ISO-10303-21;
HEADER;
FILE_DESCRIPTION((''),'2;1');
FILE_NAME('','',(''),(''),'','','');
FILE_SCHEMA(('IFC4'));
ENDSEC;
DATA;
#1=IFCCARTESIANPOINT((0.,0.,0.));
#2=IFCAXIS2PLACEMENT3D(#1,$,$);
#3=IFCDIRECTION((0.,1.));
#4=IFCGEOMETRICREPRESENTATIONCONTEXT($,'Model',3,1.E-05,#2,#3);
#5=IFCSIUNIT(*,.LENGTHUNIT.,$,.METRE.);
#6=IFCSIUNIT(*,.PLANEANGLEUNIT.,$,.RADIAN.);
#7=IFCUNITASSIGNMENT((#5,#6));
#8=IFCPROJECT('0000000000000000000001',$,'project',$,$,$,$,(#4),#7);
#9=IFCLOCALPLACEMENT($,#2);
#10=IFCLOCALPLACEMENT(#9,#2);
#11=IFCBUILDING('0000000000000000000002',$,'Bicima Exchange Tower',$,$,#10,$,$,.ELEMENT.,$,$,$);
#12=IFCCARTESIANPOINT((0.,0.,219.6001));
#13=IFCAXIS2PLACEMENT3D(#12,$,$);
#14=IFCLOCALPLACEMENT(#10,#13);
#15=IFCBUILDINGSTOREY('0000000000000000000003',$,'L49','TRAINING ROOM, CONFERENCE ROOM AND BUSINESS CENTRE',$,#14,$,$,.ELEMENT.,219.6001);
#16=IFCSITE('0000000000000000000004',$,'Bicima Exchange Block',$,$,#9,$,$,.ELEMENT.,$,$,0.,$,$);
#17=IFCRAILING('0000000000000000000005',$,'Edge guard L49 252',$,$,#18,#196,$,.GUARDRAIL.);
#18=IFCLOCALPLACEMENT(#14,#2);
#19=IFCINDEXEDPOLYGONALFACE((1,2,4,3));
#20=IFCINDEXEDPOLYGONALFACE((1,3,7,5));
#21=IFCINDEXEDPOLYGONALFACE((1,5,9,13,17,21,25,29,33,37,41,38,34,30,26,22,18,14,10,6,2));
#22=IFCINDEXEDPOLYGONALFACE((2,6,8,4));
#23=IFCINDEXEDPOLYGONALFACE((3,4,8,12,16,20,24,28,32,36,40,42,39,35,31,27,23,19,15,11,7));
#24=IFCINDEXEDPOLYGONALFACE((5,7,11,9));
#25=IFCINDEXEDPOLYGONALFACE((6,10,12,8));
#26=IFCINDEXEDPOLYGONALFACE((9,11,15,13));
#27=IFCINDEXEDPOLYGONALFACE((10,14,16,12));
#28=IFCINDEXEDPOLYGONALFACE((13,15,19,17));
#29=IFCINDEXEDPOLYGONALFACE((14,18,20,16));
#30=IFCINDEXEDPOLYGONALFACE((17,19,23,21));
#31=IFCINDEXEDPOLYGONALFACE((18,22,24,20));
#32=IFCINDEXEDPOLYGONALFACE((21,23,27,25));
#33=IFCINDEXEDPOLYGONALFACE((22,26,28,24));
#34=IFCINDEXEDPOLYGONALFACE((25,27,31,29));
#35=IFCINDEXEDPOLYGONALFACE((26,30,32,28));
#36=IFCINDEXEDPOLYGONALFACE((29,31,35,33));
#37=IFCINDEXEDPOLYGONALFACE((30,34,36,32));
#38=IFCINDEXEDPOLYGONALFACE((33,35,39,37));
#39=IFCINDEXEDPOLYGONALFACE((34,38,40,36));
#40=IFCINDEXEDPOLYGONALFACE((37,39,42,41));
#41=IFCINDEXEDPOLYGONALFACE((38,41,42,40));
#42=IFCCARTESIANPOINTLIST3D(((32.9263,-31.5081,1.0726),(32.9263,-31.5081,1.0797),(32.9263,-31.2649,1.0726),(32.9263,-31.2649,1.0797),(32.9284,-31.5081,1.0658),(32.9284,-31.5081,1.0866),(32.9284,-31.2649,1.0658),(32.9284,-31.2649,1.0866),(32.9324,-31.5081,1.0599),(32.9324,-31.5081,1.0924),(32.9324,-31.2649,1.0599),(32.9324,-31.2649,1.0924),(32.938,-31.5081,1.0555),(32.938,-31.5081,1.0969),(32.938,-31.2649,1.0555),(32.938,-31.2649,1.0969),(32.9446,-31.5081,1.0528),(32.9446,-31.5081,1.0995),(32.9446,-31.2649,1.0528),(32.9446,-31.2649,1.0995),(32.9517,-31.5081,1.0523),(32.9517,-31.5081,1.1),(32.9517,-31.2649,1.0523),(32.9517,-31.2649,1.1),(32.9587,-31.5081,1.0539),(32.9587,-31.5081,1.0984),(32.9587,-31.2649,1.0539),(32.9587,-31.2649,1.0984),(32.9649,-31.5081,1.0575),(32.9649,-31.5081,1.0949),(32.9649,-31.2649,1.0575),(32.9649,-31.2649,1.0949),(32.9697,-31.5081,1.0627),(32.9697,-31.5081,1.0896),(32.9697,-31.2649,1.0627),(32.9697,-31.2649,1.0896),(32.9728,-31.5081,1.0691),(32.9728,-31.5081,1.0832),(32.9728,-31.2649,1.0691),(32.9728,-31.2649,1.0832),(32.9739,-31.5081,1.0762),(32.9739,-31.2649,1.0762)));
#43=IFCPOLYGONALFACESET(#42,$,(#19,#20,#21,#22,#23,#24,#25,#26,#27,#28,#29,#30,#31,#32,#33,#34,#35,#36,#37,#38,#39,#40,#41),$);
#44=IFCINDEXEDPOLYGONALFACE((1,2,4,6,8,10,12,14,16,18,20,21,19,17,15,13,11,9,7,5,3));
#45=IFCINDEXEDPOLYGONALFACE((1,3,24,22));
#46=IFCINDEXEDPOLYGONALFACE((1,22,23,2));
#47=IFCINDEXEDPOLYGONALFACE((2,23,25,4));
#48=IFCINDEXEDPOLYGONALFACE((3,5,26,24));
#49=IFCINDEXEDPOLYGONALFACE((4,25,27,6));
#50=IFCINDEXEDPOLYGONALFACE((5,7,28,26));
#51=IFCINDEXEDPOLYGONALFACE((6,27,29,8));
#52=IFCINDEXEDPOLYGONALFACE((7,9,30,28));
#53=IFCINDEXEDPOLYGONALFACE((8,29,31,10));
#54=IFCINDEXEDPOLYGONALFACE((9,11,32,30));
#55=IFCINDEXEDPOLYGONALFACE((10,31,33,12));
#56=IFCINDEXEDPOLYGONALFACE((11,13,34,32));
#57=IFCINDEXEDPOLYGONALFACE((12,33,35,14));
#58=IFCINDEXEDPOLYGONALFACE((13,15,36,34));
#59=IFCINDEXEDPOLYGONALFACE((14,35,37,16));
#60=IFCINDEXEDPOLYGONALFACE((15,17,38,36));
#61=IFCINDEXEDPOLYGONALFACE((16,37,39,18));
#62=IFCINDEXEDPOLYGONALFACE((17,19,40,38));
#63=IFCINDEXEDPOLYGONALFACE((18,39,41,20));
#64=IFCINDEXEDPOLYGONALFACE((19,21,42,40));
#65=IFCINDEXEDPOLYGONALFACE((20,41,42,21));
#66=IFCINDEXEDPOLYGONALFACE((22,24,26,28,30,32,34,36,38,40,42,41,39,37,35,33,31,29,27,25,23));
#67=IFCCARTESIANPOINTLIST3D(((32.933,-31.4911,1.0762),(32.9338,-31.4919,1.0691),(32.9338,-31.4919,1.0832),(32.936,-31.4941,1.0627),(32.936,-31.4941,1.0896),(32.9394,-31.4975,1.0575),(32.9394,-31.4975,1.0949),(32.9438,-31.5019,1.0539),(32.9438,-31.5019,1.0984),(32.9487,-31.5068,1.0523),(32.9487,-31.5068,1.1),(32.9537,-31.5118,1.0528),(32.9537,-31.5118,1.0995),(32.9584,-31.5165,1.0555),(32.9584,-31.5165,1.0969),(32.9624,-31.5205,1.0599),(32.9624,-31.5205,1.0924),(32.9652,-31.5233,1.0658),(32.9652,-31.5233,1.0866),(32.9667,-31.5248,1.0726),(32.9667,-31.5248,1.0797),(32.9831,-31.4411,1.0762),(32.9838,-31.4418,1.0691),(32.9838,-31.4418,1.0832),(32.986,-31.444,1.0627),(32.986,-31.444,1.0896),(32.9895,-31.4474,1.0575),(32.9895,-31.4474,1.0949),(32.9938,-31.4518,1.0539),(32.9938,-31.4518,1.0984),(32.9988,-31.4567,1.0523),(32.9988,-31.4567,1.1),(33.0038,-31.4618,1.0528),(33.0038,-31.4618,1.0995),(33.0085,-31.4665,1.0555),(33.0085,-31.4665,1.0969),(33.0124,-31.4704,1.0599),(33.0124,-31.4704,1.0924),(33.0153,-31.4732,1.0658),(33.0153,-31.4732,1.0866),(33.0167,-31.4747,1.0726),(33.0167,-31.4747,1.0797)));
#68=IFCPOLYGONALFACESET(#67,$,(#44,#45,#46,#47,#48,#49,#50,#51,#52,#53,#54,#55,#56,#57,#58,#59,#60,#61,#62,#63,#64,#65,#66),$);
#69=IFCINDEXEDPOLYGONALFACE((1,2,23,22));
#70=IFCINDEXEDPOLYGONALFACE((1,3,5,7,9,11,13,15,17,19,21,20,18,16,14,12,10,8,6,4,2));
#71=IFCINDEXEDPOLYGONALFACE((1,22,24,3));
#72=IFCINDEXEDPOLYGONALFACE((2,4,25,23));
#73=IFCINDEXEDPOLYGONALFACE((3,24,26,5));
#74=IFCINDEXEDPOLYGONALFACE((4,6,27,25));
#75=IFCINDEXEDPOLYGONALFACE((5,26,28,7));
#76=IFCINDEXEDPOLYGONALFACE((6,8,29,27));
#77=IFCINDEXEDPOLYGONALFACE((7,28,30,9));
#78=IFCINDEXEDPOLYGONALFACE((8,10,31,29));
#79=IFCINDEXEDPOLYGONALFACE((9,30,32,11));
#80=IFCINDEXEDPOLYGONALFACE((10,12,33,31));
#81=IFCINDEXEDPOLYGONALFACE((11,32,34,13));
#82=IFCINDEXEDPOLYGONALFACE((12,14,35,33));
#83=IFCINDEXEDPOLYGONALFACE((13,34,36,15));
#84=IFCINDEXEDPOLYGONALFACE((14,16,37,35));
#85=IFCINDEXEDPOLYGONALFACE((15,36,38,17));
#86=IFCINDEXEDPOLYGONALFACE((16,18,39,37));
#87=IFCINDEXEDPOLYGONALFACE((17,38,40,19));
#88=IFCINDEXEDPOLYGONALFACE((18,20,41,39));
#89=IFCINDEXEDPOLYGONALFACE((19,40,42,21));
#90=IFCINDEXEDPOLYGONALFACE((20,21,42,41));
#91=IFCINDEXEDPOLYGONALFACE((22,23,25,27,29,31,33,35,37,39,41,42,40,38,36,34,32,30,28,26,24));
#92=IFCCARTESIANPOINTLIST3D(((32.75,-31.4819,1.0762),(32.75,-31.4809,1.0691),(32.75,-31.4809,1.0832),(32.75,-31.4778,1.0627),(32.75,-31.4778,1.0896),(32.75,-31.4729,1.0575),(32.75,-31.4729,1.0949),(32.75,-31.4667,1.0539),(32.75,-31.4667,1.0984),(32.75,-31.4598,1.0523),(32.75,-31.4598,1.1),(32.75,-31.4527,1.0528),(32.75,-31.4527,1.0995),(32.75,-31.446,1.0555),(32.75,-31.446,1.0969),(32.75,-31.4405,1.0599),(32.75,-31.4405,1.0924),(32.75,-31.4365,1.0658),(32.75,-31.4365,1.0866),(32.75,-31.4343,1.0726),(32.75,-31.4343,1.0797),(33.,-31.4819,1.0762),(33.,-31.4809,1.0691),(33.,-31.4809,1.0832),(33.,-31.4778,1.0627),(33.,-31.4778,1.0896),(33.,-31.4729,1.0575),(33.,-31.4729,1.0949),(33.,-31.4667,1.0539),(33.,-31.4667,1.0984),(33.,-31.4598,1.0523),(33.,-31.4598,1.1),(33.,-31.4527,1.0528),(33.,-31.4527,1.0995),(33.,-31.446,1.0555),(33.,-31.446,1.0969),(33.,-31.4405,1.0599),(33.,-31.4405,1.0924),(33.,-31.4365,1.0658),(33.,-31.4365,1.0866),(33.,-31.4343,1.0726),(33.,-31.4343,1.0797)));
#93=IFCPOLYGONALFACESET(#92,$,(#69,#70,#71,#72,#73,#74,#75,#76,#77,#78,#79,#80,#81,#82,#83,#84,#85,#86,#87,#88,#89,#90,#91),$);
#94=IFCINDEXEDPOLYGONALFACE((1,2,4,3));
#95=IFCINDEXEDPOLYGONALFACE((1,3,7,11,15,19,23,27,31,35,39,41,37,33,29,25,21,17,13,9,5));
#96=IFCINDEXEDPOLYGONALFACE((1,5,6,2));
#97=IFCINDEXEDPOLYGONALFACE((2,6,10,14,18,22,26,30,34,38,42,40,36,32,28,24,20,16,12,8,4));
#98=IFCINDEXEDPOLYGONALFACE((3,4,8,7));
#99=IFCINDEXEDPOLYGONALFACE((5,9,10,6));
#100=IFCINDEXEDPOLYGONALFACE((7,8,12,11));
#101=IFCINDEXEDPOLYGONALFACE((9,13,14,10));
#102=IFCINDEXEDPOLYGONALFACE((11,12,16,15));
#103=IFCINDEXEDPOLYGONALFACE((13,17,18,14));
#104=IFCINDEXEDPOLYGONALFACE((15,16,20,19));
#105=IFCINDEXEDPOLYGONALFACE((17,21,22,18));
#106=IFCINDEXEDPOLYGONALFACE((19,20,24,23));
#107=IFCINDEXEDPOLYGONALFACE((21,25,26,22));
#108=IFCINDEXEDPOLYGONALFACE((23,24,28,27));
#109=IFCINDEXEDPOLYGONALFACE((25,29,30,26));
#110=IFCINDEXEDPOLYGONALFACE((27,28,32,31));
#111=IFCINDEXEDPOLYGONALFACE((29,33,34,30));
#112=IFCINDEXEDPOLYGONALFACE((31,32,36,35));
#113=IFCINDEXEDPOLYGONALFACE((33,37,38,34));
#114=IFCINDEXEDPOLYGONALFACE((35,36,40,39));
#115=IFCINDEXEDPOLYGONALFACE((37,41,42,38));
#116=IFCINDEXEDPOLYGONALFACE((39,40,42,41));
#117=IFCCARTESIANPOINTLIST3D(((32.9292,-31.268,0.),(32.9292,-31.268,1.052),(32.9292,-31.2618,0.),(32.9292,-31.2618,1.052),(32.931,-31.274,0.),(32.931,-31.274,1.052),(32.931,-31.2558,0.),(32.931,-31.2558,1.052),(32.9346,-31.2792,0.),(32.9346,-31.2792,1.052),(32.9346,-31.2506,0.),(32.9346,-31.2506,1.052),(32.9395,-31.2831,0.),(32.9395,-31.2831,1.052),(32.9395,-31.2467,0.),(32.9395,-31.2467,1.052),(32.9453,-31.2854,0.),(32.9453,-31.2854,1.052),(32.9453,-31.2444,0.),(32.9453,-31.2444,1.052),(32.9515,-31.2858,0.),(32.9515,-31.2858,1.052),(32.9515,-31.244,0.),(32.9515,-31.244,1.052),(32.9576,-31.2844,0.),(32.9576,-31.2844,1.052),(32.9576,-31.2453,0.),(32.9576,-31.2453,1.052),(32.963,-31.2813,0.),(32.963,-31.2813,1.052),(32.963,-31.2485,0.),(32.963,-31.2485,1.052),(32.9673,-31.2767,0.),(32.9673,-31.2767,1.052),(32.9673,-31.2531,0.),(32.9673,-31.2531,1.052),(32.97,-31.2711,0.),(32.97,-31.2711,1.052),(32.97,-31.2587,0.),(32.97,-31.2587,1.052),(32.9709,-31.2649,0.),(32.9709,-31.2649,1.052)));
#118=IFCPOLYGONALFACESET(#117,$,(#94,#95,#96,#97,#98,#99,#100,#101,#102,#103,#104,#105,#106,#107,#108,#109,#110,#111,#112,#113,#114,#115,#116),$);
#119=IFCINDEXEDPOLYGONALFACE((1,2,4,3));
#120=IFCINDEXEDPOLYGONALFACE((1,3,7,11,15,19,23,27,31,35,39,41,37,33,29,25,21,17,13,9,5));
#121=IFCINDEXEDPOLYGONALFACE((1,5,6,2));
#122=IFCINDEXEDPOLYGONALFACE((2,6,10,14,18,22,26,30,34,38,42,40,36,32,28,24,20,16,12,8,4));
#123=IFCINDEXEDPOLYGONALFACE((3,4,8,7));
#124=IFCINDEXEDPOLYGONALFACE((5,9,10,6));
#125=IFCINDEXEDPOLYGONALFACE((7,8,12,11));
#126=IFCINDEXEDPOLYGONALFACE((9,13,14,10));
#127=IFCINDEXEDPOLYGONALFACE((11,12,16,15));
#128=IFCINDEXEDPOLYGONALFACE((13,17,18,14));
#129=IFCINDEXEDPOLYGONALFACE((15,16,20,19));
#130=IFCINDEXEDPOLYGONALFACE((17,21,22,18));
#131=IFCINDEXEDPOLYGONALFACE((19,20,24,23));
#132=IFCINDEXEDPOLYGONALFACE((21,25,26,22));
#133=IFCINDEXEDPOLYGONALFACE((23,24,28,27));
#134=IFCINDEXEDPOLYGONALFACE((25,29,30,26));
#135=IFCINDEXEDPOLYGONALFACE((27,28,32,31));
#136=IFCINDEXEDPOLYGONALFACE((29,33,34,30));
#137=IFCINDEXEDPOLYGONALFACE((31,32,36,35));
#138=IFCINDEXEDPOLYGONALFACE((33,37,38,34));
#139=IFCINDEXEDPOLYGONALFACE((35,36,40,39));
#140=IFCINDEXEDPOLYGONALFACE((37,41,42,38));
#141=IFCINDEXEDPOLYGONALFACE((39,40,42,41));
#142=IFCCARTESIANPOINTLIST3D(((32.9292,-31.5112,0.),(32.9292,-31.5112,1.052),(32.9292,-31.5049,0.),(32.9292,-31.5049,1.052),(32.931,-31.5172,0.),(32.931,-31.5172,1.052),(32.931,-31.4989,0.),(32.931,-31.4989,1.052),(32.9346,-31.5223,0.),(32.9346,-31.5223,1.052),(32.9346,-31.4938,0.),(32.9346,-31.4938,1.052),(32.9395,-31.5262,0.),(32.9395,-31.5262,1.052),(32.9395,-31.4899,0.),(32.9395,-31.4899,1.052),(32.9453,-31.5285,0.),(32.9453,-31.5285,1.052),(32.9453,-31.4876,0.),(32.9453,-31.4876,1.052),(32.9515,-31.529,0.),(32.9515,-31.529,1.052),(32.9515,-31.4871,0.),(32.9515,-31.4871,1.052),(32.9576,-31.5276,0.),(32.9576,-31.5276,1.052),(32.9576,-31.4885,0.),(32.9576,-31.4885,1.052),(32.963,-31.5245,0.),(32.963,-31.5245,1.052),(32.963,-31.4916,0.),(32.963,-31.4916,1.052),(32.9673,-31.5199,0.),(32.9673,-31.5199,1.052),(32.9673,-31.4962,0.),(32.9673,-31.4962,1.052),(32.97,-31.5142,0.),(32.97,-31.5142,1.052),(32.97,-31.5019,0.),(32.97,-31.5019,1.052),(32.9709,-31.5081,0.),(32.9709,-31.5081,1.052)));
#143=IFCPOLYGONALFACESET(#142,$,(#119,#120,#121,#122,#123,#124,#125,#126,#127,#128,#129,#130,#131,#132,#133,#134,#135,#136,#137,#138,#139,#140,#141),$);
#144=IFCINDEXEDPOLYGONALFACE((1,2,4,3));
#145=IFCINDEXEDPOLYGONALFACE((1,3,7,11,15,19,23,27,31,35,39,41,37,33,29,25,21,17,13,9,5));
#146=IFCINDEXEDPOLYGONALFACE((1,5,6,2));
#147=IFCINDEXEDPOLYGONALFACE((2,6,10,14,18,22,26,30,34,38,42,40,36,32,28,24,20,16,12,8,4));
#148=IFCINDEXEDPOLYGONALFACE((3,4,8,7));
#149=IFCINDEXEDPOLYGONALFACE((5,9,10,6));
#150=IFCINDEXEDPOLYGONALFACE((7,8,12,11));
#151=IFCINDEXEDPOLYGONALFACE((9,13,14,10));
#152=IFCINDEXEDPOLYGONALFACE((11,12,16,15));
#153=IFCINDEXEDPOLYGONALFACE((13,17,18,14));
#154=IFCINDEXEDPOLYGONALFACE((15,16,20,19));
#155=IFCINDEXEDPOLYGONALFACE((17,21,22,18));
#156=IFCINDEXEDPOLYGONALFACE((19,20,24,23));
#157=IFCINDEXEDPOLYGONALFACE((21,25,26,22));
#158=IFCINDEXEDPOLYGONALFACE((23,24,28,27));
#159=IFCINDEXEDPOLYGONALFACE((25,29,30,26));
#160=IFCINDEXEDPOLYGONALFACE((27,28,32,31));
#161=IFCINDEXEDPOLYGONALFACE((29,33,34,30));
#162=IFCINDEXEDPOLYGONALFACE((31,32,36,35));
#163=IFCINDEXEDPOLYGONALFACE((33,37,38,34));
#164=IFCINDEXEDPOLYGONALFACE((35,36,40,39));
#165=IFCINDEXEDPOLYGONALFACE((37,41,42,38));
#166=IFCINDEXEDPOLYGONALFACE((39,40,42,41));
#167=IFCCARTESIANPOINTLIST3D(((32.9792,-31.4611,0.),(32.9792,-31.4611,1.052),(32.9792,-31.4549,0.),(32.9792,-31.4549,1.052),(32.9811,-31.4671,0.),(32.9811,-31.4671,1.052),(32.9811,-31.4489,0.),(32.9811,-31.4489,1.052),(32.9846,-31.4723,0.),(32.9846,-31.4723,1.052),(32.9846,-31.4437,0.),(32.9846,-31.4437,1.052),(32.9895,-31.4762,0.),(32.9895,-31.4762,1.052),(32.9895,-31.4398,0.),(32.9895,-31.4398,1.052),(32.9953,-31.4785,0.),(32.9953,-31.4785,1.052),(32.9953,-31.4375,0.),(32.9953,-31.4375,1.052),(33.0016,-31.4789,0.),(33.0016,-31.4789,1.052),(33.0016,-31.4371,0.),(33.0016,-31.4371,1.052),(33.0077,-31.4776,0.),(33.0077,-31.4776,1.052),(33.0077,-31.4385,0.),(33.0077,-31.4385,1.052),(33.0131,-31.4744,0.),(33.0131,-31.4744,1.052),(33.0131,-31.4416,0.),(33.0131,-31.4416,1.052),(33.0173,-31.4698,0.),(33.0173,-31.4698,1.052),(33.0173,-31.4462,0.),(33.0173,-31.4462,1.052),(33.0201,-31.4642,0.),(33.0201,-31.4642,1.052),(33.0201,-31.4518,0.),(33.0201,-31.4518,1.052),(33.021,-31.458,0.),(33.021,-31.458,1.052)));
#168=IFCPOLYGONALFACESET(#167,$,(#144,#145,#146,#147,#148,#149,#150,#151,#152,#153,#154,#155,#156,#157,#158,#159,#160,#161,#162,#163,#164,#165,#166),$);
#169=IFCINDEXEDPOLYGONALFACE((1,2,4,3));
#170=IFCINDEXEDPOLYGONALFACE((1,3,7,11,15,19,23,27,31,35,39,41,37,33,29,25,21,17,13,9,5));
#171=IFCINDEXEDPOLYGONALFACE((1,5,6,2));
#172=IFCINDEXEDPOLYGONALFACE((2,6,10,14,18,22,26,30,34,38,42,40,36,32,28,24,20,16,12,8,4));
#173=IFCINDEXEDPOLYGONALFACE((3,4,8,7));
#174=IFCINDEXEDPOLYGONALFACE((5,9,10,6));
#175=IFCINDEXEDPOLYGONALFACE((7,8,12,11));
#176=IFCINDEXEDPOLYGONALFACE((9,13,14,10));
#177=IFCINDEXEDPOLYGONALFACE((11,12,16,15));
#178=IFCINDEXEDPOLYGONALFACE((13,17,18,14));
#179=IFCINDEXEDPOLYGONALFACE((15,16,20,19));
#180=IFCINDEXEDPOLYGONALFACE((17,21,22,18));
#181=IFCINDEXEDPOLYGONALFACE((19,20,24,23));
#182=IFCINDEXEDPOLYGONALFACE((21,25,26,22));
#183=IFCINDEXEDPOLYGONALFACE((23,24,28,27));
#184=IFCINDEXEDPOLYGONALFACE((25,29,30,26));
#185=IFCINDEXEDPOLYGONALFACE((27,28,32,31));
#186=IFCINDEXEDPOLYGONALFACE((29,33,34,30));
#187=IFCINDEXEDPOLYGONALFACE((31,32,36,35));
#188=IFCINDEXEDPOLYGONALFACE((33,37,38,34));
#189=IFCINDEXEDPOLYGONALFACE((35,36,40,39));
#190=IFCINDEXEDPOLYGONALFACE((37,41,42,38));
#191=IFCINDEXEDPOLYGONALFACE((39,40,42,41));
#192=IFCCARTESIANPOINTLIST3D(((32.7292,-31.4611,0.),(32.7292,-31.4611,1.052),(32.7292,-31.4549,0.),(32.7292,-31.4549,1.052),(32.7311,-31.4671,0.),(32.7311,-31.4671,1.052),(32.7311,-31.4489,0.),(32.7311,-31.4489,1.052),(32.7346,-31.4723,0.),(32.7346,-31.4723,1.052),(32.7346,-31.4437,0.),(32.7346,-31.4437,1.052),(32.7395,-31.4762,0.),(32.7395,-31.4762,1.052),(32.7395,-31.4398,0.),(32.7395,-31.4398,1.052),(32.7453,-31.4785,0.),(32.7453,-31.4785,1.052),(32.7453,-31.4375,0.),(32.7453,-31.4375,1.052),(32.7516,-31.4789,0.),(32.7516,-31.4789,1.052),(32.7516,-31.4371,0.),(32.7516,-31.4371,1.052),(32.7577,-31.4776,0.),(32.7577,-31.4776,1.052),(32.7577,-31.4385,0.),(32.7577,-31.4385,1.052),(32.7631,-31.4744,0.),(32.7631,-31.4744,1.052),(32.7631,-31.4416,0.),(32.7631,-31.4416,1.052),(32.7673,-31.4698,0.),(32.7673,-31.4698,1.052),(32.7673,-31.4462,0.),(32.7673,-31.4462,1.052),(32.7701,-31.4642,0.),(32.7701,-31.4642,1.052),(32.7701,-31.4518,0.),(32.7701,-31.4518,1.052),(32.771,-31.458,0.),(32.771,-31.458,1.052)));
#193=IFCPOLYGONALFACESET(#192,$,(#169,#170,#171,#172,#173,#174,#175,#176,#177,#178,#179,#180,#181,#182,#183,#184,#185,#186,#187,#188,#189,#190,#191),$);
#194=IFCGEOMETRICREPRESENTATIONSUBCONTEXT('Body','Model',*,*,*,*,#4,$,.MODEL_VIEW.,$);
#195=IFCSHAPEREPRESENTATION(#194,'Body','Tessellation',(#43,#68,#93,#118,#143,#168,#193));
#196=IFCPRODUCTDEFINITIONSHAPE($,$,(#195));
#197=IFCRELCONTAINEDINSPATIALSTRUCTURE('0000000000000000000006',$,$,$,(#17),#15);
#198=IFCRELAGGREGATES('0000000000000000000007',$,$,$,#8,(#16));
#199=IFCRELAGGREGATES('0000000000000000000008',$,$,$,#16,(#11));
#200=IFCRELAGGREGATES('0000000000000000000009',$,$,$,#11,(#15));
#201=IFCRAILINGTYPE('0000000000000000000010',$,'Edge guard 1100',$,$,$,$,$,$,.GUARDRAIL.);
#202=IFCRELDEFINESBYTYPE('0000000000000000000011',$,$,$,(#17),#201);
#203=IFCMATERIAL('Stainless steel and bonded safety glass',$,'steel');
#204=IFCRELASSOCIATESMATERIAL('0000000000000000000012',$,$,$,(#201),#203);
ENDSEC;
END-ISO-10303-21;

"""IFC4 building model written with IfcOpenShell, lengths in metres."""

from ifc_helpers import new_model, si_unit, direction, frame, origin, origin_2d, place, context, subcontext, project, spatial, circle, extrude, material, type_object, element, save


model = new_model("IFC4")

# Units and contexts
model_context = context("Model", 3, precision=1e-05, world=origin(), true_north=direction((0.0, 1.0)))
body_context = subcontext(model_context, "Body", "Model", "MODEL_VIEW")
ifc_project = project(units=[si_unit("LENGTHUNIT", "METRE"), si_unit("PLANEANGLEUNIT", "RADIAN")], contexts=[model_context])

# Site, building, storey
site_placement = place(None, origin())
site = spatial("IfcSite", under=ifc_project, at=site_placement, Name="Bicima Exchange Block", CompositionType="ELEMENT", RefElevation=0.0)
building_placement = place(site_placement, origin())
building = spatial("IfcBuilding", under=site, at=building_placement, Name="Bicima Exchange Tower", CompositionType="ELEMENT")
storey_placement = place(building_placement, frame((0.0, 0.0, 219.6001)))
storey = spatial("IfcBuildingStorey", under=building, at=storey_placement, Name="L49", Description="TRAINING ROOM, CONFERENCE ROOM AND BUSINESS CENTRE", CompositionType="ELEMENT", Elevation=219.6001)

# Railing
ifc_material_1 = material(Name="Stainless steel and bonded safety glass", Category="steel")
railing_type = type_object("IfcRailingType", Name="Edge guard 1100", PredefinedType="GUARDRAIL", material=ifc_material_1)
railing_1_placement = place(storey_placement, frame((32.95, -31.2649, 0.0)))
element("IfcRailing", 1, at=railing_1_placement, inside=storey, type_object=railing_type, Name="Edge guard L49 252", PredefinedType="GUARDRAIL", context=body_context, shape_type="SweptSolid", body=[
    extrude(circle(Radius=0.0239, at=origin_2d()), frame((0.0, 0.0, 1.0762), z_axis=(0.0, -1.0, 0.0), x_axis=(1.0, 0.0, 0.0)), (0.0, 0.0, 1.0), 0.2432),
    extrude(circle(Radius=0.0239, at=origin_2d()), frame((0.0, -0.2432, 1.0762), z_axis=(0.707107, 0.707107, 0.0), x_axis=(-0.707107, 0.707107, 0.0)), (0.0, 0.0, 1.0), 0.0708),
    extrude(circle(Radius=0.0239, at=origin_2d()), frame((0.05, -0.1931, 1.0762), z_axis=(-1.0, 0.0, 0.0), x_axis=(0.0, -1.0, 0.0)), (0.0, 0.0, 1.0), 0.25),
    extrude(circle(Radius=0.021, at=origin_2d()), origin(), (0.0, 0.0, 1.0), 1.052),
    extrude(circle(Radius=0.021, at=origin_2d()), frame((0.0, -0.2432, 0.0)), (0.0, 0.0, 1.0), 1.052),
    extrude(circle(Radius=0.021, at=origin_2d()), frame((0.05, -0.1931, 0.0)), (0.0, 0.0, 1.0), 1.052),
    extrude(circle(Radius=0.021, at=origin_2d()), frame((-0.2, -0.1931, 0.0)), (0.0, 0.0, 1.0), 1.052),
])

save(model, "model.ifc")
